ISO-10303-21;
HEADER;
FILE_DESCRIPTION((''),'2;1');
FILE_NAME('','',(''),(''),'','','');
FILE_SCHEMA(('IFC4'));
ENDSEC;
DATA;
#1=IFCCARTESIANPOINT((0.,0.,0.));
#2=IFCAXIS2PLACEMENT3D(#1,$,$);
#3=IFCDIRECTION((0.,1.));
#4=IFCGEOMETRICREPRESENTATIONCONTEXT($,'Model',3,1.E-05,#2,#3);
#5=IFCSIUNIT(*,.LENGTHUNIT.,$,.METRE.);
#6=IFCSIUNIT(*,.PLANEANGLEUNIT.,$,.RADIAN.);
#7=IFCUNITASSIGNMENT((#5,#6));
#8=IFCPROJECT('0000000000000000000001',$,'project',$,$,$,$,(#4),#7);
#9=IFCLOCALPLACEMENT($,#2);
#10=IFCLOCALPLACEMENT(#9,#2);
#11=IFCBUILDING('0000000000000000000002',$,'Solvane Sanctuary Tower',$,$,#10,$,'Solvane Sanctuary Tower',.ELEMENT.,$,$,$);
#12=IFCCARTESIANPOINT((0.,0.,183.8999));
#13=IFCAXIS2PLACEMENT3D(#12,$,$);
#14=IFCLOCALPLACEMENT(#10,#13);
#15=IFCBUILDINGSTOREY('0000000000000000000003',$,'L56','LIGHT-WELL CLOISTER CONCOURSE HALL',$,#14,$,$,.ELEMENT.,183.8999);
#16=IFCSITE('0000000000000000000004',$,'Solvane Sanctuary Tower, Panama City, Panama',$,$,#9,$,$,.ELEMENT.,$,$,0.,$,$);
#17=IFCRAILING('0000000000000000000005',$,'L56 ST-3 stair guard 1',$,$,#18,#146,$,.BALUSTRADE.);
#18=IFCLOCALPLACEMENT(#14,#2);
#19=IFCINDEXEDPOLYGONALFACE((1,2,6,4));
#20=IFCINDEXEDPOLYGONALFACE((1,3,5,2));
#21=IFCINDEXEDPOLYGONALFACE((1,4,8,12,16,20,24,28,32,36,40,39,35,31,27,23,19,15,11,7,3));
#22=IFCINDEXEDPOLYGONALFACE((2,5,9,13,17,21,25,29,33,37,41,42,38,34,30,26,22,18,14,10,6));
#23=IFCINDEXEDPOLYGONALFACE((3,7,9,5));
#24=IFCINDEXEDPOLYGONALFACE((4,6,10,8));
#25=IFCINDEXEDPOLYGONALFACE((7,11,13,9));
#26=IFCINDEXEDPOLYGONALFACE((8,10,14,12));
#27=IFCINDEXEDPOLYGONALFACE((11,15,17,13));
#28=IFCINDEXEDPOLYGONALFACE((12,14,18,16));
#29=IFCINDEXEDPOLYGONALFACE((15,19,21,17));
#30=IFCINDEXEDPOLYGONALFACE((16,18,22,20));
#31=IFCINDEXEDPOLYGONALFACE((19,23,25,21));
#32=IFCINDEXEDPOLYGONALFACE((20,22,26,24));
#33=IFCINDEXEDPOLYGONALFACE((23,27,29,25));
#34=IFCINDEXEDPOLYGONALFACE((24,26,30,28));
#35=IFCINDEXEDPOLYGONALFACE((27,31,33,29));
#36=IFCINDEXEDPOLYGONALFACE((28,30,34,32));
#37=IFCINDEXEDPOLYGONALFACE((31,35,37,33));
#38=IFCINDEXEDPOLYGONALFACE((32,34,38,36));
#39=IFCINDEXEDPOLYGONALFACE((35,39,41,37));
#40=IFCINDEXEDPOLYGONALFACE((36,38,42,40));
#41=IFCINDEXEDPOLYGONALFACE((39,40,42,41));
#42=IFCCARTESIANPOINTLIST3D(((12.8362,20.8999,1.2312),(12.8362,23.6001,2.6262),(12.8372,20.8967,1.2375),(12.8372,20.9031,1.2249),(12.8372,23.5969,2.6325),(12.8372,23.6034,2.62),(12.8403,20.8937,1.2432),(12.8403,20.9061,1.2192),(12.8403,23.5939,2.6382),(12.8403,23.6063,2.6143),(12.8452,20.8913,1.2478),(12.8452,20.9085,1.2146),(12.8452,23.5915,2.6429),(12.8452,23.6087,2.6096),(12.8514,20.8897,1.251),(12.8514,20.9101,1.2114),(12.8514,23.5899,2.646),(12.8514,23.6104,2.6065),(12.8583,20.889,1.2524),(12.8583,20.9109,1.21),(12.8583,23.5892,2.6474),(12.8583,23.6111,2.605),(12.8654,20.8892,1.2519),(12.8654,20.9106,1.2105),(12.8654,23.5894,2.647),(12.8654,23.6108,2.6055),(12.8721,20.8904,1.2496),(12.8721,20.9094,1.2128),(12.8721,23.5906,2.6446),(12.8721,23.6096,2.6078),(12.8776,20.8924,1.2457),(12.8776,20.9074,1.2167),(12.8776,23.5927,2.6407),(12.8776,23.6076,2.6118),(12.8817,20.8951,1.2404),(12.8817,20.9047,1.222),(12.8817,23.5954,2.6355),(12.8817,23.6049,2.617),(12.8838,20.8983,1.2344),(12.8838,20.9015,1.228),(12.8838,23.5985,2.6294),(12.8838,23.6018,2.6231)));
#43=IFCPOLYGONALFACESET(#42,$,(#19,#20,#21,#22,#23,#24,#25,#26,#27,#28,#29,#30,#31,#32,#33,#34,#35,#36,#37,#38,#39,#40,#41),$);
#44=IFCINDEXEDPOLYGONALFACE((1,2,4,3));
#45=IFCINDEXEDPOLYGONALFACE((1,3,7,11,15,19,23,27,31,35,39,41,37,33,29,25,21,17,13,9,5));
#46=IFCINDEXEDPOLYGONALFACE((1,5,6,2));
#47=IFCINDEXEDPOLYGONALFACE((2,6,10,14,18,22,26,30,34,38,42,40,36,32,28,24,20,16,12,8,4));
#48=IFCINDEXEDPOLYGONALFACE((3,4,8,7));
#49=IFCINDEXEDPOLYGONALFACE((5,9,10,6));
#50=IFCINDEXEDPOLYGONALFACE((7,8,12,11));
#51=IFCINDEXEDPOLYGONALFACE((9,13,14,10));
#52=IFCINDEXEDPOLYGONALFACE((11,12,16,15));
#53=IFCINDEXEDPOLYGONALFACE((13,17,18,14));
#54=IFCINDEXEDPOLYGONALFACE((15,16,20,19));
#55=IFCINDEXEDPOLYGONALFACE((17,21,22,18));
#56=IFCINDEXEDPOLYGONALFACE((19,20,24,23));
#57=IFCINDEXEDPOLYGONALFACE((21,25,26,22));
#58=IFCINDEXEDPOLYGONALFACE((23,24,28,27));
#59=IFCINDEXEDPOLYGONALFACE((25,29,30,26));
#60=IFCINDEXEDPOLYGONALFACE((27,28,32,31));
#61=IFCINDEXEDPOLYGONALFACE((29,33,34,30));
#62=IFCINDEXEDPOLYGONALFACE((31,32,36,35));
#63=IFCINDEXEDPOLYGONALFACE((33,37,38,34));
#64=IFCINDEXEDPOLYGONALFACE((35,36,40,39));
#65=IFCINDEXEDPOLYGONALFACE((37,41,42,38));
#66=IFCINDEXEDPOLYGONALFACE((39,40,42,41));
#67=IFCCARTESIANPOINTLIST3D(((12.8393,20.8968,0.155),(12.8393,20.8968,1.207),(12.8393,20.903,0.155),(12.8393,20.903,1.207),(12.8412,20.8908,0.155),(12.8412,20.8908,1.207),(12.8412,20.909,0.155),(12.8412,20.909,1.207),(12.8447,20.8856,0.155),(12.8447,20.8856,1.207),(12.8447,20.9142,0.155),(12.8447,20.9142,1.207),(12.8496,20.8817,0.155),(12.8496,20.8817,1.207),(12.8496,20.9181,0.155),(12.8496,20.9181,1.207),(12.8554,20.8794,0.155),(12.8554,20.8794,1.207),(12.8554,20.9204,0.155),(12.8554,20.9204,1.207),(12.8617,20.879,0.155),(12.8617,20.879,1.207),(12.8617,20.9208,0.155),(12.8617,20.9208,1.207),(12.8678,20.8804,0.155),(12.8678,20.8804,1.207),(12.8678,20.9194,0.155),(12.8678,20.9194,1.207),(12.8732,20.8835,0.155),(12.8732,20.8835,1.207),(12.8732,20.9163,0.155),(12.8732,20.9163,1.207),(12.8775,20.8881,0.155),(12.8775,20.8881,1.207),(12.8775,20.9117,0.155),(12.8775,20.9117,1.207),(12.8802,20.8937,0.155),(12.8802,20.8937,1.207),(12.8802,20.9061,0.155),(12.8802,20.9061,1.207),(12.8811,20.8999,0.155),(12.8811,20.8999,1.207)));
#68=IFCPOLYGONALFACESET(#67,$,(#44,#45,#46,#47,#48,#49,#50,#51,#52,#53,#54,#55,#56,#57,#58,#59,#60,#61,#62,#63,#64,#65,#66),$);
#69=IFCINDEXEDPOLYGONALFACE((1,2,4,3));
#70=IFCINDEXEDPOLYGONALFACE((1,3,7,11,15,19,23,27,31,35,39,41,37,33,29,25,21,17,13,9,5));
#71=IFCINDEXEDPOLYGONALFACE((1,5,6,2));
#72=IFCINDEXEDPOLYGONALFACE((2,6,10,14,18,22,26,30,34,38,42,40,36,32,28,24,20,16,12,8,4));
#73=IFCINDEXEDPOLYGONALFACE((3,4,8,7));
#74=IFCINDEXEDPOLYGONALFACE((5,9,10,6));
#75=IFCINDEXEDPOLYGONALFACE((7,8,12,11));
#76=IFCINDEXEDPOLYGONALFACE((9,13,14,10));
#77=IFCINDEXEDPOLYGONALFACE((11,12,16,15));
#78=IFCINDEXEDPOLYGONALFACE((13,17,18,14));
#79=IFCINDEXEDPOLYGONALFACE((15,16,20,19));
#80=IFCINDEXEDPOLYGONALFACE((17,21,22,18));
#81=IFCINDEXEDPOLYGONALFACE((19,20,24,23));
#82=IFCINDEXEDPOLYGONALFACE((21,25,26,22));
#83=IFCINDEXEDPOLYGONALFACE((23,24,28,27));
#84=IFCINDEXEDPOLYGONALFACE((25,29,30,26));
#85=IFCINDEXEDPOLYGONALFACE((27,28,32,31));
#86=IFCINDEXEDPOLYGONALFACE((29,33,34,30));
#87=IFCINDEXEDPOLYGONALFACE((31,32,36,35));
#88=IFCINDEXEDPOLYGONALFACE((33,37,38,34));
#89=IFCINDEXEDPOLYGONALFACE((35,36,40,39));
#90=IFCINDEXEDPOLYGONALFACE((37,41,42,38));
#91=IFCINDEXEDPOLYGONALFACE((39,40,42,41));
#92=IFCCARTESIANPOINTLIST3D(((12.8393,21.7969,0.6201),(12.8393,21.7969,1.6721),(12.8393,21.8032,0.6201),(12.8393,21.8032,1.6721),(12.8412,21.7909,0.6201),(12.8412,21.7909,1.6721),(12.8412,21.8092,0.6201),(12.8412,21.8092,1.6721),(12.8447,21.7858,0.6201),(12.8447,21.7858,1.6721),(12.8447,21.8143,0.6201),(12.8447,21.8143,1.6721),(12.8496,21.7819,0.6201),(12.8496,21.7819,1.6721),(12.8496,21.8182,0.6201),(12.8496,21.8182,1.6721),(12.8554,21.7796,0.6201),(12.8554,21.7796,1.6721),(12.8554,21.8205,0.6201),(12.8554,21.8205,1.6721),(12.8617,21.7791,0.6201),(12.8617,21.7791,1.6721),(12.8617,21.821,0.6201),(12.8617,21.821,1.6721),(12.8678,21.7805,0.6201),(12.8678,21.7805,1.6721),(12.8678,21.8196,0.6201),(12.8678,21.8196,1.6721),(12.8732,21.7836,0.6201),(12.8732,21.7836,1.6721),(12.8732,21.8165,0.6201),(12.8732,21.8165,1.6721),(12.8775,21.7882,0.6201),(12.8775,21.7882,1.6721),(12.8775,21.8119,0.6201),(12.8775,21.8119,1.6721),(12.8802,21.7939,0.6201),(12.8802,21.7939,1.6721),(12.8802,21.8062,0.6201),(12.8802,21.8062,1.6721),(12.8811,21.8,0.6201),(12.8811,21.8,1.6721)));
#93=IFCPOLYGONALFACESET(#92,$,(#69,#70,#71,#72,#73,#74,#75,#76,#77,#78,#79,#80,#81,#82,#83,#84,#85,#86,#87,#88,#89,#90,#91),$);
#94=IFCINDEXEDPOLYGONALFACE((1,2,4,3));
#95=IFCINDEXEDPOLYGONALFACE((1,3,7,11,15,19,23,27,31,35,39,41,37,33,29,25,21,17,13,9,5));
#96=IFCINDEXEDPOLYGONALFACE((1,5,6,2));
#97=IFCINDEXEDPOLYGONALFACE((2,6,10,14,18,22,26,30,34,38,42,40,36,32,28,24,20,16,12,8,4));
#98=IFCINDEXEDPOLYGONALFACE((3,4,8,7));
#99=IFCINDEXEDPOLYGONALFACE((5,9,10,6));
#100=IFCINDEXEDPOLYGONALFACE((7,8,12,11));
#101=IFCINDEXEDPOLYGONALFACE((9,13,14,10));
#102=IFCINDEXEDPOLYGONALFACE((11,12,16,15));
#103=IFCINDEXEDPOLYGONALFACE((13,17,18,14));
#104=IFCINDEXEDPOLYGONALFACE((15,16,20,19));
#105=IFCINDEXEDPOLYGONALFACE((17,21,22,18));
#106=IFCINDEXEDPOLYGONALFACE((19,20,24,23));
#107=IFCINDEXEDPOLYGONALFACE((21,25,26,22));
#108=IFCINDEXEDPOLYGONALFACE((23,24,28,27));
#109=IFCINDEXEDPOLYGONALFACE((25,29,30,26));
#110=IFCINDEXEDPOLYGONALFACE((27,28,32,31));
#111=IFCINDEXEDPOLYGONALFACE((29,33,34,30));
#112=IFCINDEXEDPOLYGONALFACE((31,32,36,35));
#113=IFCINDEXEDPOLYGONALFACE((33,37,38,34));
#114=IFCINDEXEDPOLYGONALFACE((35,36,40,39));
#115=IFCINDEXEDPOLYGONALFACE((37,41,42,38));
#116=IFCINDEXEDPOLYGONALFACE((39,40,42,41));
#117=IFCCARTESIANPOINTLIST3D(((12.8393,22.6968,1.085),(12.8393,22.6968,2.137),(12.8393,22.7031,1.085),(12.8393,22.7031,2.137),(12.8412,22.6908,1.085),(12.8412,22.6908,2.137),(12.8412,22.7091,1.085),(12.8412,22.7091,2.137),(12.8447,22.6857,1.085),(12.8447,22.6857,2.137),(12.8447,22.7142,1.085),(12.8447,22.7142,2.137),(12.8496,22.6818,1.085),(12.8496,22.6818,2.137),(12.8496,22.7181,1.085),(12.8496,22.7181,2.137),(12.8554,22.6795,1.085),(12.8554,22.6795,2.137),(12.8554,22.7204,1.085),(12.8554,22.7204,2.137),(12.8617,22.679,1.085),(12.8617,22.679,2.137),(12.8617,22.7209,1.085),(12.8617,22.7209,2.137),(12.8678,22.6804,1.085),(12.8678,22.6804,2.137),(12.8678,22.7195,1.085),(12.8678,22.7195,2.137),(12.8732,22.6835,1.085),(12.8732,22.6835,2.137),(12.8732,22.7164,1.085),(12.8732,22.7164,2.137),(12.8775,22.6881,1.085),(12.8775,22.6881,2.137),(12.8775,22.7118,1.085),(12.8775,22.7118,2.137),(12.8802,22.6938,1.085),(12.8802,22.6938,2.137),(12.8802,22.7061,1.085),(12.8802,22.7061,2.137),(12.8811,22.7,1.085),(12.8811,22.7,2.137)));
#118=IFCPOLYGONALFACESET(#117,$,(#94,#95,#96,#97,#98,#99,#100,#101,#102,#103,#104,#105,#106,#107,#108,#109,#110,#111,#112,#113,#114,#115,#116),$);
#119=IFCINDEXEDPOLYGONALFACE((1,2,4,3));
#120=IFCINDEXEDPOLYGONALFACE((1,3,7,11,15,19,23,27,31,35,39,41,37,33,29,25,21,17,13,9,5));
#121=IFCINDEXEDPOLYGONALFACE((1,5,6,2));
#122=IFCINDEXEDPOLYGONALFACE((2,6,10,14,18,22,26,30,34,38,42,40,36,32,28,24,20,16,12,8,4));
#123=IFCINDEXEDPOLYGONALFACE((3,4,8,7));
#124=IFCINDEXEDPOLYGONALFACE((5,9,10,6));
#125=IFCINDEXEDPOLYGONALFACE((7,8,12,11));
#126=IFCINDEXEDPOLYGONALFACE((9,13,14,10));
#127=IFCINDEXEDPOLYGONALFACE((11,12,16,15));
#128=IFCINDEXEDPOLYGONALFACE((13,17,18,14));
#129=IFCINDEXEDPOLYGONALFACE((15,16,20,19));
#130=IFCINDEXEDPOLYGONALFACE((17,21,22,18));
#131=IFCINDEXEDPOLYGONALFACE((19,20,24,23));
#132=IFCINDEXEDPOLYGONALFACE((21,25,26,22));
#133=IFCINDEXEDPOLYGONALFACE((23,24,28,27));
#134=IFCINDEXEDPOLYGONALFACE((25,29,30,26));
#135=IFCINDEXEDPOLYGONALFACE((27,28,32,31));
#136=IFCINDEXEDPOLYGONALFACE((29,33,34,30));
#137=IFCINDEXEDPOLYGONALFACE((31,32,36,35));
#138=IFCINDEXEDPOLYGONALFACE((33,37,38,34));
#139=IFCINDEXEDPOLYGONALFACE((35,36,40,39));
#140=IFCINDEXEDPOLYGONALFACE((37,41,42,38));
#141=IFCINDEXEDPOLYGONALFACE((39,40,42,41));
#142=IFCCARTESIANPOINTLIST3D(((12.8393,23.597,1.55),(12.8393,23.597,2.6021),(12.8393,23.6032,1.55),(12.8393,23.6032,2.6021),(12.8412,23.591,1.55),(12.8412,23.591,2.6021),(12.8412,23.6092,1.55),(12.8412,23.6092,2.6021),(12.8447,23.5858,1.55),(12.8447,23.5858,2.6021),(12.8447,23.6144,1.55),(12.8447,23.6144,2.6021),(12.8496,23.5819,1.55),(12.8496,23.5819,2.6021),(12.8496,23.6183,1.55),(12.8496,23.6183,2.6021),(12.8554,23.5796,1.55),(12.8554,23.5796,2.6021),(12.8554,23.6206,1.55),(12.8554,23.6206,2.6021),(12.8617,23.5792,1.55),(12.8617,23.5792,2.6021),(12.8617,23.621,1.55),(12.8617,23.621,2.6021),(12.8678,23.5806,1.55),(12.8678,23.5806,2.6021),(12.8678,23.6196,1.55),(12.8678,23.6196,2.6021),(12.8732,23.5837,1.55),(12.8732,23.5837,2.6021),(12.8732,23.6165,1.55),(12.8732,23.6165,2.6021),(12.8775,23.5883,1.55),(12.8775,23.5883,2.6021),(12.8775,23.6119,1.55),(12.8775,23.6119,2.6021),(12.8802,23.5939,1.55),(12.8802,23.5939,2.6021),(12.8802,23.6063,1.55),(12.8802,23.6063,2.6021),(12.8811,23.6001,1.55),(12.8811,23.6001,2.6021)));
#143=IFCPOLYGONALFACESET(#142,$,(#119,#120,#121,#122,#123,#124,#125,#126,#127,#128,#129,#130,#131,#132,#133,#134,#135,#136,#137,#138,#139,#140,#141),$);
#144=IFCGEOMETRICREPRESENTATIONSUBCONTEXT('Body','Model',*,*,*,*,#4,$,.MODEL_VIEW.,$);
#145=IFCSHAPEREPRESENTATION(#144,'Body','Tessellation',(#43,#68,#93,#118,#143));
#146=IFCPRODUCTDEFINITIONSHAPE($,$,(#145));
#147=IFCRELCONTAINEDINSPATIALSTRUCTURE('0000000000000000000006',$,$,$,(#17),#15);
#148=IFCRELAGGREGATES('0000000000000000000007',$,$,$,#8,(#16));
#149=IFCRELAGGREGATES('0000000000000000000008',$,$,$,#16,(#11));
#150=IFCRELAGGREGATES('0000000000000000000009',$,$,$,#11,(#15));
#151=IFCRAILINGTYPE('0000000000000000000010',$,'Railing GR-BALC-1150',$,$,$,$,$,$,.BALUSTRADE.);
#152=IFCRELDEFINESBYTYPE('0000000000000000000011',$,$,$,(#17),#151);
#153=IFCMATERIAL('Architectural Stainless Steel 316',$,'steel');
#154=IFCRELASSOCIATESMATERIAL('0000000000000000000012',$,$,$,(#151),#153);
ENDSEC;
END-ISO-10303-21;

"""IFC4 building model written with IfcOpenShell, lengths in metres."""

from ifc_helpers import new_model, si_unit, direction, frame, origin, origin_2d, place, context, subcontext, project, spatial, circle, extrude, material, type_object, element, save


model = new_model("IFC4")

# Units and contexts
model_context = context("Model", 3, precision=1e-05, world=origin(), true_north=direction((0.0, 1.0)))
body_context = subcontext(model_context, "Body", "Model", "MODEL_VIEW")
ifc_project = project(units=[si_unit("LENGTHUNIT", "METRE"), si_unit("PLANEANGLEUNIT", "RADIAN")], contexts=[model_context])

# Site, building, storey
site_placement = place(None, origin())
site = spatial("IfcSite", under=ifc_project, at=site_placement, Name="Solvane Sanctuary Tower, Panama City, Panama", CompositionType="ELEMENT", RefElevation=0.0)
building_placement = place(site_placement, origin())
building = spatial("IfcBuilding", under=site, at=building_placement, Name="Solvane Sanctuary Tower", LongName="Solvane Sanctuary Tower", CompositionType="ELEMENT")
storey_placement = place(building_placement, frame((0.0, 0.0, 183.8999)))
storey = spatial("IfcBuildingStorey", under=building, at=storey_placement, Name="L56", Description="LIGHT-WELL CLOISTER CONCOURSE HALL", CompositionType="ELEMENT", Elevation=183.8999)

# Railing
ifc_material_1 = material(Name="Architectural Stainless Steel 316", Category="steel")
railing_type_1 = type_object("IfcRailingType", Name="Railing GR-BALC-1150", PredefinedType="BALUSTRADE", material=ifc_material_1)
railing_1_placement = place(storey_placement, frame((12.8601, 20.8999, 0.155)))
element("IfcRailing", 1, at=railing_1_placement, inside=storey, type_object=railing_type_1, Name="L56 ST-3 stair guard 1", PredefinedType="BALUSTRADE", context=body_context, shape_type="SweptSolid", body=[
    extrude(circle(Radius=0.0239, at=origin_2d()), frame((0.0, 0.0, 1.0762), z_axis=(0.0, 0.888437, 0.458999), x_axis=(-1.0, 0.0, 0.0)), (0.0, 0.0, 1.0), 3.0393),
    extrude(circle(Radius=0.021, at=origin_2d()), origin(), (0.0, 0.0, 1.0), 1.052),
    extrude(circle(Radius=0.021, at=origin_2d()), frame((0.0, 0.9001, 0.4651)), (0.0, 0.0, 1.0), 1.052),
    extrude(circle(Radius=0.021, at=origin_2d()), frame((0.0, 1.8, 0.9299)), (0.0, 0.0, 1.0), 1.052),
    extrude(circle(Radius=0.021, at=origin_2d()), frame((0.0, 2.7002, 1.395)), (0.0, 0.0, 1.0), 1.052),
])

save(model, "model.ifc")
